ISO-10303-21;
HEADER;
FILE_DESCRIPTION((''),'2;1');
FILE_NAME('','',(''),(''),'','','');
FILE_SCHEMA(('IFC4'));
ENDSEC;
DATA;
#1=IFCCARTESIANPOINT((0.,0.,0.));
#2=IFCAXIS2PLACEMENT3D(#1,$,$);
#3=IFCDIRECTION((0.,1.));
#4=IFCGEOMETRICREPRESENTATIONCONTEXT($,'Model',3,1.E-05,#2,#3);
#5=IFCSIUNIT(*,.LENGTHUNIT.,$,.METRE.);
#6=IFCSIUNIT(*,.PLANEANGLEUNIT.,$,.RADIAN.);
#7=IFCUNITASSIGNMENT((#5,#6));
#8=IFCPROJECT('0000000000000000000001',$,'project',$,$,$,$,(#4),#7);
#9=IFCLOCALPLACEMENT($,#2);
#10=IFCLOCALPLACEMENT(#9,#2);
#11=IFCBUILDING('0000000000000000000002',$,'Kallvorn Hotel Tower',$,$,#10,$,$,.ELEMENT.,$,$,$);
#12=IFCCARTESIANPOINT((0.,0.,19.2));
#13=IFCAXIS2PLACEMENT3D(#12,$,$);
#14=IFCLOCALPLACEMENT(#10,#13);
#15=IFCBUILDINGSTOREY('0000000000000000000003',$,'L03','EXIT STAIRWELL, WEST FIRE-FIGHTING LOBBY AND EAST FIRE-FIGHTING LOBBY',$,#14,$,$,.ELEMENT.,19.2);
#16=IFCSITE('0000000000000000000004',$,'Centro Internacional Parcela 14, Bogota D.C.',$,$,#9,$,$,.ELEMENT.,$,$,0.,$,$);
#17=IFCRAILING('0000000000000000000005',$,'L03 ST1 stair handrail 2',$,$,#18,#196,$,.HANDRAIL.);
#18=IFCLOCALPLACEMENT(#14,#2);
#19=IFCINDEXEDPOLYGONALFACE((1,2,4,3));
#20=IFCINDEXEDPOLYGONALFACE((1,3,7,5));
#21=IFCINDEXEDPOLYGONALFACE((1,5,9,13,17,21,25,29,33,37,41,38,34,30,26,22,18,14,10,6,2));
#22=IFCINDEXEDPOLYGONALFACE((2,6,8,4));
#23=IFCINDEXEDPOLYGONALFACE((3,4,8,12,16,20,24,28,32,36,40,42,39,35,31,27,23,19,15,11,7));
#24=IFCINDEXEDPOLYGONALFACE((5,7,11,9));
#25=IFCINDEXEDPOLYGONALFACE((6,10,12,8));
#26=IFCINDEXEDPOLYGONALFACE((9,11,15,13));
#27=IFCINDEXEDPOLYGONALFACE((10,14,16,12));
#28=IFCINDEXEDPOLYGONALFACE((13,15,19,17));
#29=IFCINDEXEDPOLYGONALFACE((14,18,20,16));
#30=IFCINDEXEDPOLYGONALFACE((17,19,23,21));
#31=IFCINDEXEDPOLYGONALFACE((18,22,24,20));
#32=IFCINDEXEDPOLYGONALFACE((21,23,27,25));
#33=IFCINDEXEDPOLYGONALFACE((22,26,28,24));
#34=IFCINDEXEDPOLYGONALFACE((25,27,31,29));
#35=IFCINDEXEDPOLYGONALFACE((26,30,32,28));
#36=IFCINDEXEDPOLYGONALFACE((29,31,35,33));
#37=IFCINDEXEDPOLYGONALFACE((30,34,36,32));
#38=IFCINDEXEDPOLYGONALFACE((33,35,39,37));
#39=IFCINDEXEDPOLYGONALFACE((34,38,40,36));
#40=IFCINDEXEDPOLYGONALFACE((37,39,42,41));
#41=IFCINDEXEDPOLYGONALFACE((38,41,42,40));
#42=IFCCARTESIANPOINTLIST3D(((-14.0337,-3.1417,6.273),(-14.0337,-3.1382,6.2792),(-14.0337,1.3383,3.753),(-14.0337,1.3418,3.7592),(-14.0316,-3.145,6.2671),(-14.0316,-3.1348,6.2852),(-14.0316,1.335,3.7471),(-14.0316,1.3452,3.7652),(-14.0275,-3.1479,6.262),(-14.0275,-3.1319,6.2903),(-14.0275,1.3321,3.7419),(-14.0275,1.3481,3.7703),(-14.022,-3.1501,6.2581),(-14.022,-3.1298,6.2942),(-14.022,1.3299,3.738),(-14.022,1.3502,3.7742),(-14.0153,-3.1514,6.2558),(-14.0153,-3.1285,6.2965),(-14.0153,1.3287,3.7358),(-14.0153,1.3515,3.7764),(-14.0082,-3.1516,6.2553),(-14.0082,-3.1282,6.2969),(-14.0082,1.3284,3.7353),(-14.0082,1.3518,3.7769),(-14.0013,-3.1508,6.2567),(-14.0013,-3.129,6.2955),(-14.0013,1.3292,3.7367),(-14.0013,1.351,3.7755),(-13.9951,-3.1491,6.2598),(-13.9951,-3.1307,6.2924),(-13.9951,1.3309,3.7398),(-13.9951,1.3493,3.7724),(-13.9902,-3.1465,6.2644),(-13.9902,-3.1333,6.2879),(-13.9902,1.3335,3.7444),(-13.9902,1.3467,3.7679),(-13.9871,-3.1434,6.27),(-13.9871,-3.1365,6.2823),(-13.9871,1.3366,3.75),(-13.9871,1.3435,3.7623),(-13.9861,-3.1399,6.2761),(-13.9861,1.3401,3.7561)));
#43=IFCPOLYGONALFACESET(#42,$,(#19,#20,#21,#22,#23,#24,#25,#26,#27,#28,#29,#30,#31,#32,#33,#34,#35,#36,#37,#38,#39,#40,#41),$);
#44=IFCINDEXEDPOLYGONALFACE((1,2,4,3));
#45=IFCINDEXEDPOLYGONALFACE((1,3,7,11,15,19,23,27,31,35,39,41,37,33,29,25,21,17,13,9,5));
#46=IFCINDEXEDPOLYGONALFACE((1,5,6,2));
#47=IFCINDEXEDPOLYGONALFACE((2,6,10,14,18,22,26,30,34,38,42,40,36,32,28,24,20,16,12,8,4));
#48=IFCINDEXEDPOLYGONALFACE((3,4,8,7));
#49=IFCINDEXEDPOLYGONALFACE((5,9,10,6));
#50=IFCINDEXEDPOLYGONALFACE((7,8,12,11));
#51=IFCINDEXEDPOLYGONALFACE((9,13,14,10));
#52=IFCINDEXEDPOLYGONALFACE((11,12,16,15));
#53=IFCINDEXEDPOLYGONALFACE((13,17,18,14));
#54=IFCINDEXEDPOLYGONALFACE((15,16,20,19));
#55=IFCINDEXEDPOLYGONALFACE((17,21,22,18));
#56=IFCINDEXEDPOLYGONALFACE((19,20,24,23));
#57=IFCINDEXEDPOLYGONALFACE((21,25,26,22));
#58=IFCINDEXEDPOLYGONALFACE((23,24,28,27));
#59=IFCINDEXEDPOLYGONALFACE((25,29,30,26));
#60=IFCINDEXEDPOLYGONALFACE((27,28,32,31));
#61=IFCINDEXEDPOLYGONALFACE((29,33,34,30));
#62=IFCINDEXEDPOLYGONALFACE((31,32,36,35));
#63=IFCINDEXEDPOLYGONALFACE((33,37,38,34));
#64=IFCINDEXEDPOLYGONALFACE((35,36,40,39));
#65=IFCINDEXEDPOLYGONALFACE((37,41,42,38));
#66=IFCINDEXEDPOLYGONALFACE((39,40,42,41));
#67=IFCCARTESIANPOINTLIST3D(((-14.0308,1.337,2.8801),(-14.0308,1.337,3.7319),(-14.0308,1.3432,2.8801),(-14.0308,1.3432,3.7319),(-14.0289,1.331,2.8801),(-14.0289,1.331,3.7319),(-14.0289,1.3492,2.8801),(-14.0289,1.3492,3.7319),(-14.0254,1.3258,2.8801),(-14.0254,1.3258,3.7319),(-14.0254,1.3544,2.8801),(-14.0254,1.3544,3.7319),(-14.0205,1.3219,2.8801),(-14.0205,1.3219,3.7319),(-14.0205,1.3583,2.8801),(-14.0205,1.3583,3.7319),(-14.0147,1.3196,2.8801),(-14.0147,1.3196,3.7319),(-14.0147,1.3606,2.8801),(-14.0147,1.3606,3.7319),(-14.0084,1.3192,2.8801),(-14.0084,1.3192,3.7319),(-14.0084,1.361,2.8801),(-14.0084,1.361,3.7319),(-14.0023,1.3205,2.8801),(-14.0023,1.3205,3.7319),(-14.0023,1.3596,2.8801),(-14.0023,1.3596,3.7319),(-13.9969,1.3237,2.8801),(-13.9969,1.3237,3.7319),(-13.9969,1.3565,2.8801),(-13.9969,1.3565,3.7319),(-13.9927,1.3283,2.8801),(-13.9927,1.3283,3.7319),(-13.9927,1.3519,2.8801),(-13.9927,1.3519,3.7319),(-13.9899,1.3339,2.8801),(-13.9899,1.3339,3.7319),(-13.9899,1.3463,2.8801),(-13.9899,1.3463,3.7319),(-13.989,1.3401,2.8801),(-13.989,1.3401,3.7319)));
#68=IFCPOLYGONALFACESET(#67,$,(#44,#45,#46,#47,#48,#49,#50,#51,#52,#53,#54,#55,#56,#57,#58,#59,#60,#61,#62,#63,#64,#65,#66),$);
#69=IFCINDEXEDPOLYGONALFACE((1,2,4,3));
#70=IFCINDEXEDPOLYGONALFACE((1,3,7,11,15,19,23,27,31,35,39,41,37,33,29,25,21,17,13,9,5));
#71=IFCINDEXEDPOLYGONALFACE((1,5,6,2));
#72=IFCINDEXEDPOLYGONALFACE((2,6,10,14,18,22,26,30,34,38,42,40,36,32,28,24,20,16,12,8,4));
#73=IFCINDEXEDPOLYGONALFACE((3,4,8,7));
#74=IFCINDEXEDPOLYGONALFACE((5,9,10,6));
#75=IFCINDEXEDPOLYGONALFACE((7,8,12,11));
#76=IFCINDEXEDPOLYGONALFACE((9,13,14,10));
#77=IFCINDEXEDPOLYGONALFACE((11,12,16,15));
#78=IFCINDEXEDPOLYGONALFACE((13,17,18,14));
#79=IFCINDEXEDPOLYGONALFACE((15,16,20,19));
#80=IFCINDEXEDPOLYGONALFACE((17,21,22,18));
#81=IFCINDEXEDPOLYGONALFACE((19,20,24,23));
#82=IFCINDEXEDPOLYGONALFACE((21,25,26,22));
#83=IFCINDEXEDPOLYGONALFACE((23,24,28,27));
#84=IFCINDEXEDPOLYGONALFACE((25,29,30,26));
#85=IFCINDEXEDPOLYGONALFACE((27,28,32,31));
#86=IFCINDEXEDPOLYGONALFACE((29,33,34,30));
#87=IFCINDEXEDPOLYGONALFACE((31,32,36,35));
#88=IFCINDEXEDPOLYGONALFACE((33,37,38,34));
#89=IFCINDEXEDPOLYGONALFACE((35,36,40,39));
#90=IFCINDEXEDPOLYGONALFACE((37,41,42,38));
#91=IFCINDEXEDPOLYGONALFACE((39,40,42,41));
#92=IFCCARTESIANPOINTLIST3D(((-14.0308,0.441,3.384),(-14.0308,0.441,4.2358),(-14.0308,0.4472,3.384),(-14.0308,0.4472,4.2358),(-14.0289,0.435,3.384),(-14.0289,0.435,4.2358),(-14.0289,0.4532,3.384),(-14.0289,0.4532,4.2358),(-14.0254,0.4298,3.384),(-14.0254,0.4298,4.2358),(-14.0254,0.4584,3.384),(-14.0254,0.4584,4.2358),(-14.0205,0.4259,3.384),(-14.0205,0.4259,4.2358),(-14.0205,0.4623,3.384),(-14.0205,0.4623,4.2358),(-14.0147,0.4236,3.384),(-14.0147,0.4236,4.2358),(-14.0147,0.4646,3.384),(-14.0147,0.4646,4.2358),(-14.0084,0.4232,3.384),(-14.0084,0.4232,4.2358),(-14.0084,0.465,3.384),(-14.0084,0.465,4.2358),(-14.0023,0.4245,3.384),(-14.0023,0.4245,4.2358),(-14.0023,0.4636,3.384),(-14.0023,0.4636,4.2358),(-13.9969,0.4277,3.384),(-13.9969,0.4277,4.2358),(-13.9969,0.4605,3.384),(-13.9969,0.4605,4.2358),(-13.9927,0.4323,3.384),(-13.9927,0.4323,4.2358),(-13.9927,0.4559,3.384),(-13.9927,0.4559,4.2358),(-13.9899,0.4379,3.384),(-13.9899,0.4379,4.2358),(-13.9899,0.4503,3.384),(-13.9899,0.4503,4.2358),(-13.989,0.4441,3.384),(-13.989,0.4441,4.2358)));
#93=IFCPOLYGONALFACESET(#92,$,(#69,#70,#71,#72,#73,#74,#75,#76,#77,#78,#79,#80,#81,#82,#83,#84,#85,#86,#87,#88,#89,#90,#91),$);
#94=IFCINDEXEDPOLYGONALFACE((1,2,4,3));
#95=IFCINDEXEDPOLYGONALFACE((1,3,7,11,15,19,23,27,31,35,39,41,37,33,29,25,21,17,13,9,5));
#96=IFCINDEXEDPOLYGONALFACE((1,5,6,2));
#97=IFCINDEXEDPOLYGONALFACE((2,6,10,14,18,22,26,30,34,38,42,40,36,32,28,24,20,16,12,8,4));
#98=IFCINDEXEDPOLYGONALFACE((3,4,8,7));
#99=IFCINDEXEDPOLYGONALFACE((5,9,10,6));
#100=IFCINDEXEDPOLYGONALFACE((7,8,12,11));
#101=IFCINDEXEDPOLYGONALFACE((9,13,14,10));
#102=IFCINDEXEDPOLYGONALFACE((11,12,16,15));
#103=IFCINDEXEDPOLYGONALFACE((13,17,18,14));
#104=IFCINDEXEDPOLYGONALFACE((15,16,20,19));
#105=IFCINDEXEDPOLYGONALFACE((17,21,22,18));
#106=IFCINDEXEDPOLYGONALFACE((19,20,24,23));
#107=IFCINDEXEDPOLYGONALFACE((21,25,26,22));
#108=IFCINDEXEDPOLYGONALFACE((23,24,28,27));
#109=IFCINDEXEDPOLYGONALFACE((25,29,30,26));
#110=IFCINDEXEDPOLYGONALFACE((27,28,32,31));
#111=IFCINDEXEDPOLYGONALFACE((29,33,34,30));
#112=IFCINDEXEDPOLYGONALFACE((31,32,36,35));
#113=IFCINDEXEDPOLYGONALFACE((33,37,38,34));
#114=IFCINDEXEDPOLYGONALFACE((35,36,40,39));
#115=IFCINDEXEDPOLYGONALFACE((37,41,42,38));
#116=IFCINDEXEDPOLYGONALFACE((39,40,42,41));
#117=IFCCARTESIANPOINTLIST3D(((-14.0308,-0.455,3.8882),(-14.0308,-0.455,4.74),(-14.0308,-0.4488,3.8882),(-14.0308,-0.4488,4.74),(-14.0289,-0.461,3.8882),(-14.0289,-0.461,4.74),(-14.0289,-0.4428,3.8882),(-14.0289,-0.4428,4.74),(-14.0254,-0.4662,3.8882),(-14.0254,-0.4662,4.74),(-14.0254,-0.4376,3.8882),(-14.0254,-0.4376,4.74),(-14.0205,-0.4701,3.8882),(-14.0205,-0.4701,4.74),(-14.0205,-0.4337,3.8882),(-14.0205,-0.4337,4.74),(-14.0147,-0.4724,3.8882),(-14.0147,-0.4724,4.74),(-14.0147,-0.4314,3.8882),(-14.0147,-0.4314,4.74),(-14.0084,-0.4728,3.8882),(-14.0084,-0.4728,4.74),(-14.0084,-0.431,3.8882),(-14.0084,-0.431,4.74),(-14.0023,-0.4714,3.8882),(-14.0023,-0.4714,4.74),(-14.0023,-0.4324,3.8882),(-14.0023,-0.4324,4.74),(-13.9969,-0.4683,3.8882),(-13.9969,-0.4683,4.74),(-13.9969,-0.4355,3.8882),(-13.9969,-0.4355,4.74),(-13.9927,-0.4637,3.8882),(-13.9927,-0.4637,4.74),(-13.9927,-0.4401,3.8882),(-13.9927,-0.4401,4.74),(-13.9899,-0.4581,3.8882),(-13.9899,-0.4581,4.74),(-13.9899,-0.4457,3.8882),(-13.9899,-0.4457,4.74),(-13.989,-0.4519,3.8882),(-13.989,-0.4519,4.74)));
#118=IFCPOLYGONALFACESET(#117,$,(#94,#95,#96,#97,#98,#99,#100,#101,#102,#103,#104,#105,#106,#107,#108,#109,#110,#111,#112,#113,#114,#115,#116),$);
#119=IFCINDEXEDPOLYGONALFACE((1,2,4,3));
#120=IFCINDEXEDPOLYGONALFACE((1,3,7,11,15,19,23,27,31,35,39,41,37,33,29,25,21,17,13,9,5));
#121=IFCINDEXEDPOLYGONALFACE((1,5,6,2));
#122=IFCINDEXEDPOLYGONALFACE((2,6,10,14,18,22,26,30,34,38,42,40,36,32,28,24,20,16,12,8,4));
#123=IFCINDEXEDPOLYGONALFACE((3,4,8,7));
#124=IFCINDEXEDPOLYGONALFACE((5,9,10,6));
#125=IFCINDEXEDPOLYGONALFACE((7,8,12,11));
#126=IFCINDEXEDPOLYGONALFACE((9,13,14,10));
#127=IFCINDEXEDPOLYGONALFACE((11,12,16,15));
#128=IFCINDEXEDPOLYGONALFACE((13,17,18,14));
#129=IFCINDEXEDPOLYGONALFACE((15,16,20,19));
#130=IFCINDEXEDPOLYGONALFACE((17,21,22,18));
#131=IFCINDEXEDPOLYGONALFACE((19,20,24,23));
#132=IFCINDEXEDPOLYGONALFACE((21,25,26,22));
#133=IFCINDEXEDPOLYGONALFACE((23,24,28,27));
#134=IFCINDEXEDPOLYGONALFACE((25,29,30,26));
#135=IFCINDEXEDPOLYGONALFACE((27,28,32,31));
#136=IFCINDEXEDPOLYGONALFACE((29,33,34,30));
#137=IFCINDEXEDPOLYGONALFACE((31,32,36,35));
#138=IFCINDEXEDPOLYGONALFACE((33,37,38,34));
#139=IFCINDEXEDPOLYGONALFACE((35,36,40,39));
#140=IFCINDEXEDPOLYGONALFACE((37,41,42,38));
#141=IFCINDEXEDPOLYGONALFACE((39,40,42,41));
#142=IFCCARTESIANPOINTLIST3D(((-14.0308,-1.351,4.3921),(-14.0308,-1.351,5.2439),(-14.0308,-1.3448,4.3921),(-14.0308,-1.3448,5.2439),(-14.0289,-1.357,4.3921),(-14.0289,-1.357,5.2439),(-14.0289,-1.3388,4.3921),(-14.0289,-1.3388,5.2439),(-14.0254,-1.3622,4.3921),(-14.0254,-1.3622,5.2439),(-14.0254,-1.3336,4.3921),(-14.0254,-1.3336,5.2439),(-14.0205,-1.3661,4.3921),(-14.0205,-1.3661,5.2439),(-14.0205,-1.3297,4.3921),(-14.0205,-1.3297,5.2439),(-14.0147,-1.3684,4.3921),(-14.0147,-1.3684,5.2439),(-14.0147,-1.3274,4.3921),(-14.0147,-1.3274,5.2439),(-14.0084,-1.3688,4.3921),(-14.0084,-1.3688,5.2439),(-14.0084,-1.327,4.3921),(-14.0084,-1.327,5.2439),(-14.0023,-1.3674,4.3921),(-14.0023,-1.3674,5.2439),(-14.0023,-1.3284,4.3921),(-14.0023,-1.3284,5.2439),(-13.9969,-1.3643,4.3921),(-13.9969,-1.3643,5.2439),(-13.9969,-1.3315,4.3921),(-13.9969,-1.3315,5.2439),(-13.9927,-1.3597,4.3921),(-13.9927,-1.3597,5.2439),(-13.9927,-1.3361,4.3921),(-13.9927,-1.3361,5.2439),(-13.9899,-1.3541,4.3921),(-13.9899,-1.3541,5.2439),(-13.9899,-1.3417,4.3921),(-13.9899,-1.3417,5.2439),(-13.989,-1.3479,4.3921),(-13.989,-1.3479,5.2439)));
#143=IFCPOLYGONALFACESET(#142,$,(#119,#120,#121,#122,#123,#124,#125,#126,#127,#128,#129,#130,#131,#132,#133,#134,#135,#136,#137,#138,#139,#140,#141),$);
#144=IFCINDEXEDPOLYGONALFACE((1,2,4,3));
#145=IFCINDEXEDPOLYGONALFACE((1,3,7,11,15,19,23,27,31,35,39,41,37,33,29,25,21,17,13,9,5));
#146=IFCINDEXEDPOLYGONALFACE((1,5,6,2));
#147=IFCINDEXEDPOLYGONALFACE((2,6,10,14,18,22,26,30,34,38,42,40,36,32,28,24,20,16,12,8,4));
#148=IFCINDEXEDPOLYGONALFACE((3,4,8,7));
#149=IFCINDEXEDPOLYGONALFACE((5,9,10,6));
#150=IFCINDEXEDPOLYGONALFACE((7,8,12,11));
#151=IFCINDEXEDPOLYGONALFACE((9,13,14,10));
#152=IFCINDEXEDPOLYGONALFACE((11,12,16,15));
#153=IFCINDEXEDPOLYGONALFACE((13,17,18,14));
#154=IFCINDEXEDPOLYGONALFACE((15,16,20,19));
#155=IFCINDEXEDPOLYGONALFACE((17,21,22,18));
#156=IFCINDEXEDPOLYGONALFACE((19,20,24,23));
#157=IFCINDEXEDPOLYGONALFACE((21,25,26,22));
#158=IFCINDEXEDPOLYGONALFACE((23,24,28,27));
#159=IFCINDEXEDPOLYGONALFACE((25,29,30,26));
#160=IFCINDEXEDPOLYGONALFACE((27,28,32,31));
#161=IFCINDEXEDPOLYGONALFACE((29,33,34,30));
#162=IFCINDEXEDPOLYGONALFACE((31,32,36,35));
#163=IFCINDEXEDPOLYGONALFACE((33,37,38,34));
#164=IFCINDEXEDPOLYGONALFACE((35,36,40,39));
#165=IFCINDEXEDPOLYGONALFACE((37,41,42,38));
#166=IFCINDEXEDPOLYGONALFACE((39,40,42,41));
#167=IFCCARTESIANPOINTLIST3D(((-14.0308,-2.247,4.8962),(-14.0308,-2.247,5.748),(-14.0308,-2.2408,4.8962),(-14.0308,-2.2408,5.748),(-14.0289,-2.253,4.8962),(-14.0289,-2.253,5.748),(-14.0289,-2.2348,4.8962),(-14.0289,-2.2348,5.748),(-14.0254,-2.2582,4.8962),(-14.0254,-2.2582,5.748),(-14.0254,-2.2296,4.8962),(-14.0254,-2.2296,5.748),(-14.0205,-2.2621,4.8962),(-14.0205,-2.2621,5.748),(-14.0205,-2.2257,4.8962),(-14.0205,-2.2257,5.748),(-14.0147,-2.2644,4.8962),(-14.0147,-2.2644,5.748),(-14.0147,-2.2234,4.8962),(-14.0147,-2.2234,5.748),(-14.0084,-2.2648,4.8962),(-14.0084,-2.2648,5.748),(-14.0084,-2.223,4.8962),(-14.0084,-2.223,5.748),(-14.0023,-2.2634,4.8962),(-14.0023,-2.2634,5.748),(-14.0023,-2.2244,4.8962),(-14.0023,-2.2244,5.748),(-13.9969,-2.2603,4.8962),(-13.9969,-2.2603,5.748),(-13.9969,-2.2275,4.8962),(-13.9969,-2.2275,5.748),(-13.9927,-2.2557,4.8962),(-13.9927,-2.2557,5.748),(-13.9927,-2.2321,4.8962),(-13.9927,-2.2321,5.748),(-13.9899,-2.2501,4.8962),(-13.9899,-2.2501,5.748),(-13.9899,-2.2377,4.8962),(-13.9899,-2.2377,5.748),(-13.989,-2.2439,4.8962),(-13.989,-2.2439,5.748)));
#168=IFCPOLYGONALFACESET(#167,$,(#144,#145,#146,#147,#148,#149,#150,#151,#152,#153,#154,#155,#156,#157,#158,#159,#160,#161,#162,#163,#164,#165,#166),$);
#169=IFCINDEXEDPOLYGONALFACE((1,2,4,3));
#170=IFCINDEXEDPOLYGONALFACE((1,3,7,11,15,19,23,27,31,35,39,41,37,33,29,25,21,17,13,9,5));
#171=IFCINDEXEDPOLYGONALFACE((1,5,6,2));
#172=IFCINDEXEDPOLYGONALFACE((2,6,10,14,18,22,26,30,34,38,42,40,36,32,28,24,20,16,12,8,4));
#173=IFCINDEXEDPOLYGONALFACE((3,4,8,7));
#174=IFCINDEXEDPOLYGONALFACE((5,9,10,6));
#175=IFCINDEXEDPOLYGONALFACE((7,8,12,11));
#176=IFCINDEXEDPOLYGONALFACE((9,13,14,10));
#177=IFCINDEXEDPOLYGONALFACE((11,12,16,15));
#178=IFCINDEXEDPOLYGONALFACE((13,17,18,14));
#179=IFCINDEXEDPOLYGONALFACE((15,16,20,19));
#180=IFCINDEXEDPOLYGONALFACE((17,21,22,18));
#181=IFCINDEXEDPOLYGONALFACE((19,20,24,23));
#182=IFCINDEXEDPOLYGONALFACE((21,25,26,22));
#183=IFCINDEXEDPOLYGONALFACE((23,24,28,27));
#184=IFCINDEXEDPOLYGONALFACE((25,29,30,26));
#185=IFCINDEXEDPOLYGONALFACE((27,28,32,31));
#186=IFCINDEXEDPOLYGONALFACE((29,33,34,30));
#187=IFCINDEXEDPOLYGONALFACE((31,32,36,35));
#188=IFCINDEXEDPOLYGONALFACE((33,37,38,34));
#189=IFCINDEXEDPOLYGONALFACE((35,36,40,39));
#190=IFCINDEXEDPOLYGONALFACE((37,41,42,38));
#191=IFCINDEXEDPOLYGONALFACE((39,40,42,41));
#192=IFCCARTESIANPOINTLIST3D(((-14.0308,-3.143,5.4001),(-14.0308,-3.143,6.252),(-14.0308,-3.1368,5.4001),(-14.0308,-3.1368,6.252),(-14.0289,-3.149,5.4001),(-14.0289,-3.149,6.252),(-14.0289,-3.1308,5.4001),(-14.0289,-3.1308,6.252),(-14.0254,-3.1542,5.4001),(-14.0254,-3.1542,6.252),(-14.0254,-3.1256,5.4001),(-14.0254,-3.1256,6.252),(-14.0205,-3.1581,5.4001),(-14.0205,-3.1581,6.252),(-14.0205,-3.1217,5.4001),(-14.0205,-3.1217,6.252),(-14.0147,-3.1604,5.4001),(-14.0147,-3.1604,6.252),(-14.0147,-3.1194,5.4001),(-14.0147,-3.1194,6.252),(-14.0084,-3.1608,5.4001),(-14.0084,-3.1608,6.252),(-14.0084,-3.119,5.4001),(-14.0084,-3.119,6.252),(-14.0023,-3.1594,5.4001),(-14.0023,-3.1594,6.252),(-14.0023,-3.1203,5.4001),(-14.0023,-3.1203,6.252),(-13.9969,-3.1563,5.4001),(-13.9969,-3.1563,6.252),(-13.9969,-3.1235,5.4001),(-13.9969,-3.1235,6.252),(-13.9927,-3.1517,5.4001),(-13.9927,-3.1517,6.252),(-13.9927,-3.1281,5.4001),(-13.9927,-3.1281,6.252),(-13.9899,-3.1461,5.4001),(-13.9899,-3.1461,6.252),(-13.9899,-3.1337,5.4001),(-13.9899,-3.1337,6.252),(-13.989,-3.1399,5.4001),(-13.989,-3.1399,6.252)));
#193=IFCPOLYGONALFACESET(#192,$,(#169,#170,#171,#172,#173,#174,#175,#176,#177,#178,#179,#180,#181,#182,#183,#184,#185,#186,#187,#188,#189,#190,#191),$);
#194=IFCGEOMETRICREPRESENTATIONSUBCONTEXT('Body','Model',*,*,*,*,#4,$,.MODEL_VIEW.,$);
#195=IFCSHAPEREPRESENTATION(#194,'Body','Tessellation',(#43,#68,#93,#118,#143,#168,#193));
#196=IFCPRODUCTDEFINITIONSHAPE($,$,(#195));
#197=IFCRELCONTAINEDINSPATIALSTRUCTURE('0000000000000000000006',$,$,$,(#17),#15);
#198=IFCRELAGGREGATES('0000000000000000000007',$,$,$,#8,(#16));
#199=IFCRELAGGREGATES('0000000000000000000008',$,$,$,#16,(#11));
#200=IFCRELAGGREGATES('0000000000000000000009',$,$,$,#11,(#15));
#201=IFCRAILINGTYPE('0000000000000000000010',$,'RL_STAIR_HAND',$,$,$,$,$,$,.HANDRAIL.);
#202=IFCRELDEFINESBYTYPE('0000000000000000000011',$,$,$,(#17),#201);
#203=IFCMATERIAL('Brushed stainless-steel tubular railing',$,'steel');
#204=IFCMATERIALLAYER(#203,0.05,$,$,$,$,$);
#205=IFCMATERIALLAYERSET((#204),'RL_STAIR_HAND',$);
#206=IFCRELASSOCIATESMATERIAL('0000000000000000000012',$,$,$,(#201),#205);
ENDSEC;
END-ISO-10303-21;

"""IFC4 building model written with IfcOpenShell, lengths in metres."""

from ifc_helpers import new_model, si_unit, direction, frame, origin, origin_2d, place, context, subcontext, project, spatial, circle, extrude, material, layer, layer_set, type_object, element, save


model = new_model("IFC4")

# Units and contexts
model_context = context("Model", 3, precision=1e-05, world=origin(), true_north=direction((0.0, 1.0)))
body_context = subcontext(model_context, "Body", "Model", "MODEL_VIEW")
ifc_project = project(units=[si_unit("LENGTHUNIT", "METRE"), si_unit("PLANEANGLEUNIT", "RADIAN")], contexts=[model_context])

# Site, building, storey
site_placement = place(None, origin())
site = spatial("IfcSite", under=ifc_project, at=site_placement, Name="Centro Internacional Parcela 14, Bogota D.C.", CompositionType="ELEMENT", RefElevation=0.0)
building_placement = place(site_placement, origin())
building = spatial("IfcBuilding", under=site, at=building_placement, Name="Kallvorn Hotel Tower", CompositionType="ELEMENT")
storey_placement = place(building_placement, frame((0.0, 0.0, 19.2)))
storey = spatial("IfcBuildingStorey", under=building, at=storey_placement, Name="L03", Description="EXIT STAIRWELL, WEST FIRE-FIGHTING LOBBY AND EAST FIRE-FIGHTING LOBBY", CompositionType="ELEMENT", Elevation=19.2)

# Railing
ifc_material_1 = material(Name="Brushed stainless-steel tubular railing", Category="steel")
ifc_layer_1 = layer(ifc_material_1, 0.05)
ifc_layer_set_1 = layer_set([ifc_layer_1], Name="RL_STAIR_HAND")
railing_type_1 = type_object("IfcRailingType", Name="RL_STAIR_HAND", PredefinedType="HANDRAIL", material=ifc_layer_set_1)
railing_1_placement = place(storey_placement, frame((-14.01, 1.3401, 2.8801)))
element("IfcRailing", 1, at=railing_1_placement, inside=storey, type_object=railing_type_1, Name="L03 ST1 stair handrail 2", PredefinedType="HANDRAIL", context=body_context, shape_type="SweptSolid", body=[
    extrude(circle(Radius=0.0239, at=origin_2d()), frame((0.0, 0.0, 0.876), z_axis=(0.0, -0.871573, 0.490266), x_axis=(1.0, 0.0, 0.0)), (0.0, 0.0, 1.0), 5.1401),
    extrude(circle(Radius=0.021, at=origin_2d()), origin(), (0.0, 0.0, 1.0), 0.8518),
    extrude(circle(Radius=0.021, at=origin_2d()), frame((0.0, -0.896, 0.5039)), (0.0, 0.0, 1.0), 0.8518),
    extrude(circle(Radius=0.021, at=origin_2d()), frame((0.0, -1.792, 1.0081)), (0.0, 0.0, 1.0), 0.8518),
    extrude(circle(Radius=0.021, at=origin_2d()), frame((0.0, -2.688, 1.512)), (0.0, 0.0, 1.0), 0.8518),
    extrude(circle(Radius=0.021, at=origin_2d()), frame((0.0, -3.584, 2.0161)), (0.0, 0.0, 1.0), 0.8518),
    extrude(circle(Radius=0.021, at=origin_2d()), frame((0.0, -4.48, 2.52)), (0.0, 0.0, 1.0), 0.8518),
])

save(model, "model.ifc")
